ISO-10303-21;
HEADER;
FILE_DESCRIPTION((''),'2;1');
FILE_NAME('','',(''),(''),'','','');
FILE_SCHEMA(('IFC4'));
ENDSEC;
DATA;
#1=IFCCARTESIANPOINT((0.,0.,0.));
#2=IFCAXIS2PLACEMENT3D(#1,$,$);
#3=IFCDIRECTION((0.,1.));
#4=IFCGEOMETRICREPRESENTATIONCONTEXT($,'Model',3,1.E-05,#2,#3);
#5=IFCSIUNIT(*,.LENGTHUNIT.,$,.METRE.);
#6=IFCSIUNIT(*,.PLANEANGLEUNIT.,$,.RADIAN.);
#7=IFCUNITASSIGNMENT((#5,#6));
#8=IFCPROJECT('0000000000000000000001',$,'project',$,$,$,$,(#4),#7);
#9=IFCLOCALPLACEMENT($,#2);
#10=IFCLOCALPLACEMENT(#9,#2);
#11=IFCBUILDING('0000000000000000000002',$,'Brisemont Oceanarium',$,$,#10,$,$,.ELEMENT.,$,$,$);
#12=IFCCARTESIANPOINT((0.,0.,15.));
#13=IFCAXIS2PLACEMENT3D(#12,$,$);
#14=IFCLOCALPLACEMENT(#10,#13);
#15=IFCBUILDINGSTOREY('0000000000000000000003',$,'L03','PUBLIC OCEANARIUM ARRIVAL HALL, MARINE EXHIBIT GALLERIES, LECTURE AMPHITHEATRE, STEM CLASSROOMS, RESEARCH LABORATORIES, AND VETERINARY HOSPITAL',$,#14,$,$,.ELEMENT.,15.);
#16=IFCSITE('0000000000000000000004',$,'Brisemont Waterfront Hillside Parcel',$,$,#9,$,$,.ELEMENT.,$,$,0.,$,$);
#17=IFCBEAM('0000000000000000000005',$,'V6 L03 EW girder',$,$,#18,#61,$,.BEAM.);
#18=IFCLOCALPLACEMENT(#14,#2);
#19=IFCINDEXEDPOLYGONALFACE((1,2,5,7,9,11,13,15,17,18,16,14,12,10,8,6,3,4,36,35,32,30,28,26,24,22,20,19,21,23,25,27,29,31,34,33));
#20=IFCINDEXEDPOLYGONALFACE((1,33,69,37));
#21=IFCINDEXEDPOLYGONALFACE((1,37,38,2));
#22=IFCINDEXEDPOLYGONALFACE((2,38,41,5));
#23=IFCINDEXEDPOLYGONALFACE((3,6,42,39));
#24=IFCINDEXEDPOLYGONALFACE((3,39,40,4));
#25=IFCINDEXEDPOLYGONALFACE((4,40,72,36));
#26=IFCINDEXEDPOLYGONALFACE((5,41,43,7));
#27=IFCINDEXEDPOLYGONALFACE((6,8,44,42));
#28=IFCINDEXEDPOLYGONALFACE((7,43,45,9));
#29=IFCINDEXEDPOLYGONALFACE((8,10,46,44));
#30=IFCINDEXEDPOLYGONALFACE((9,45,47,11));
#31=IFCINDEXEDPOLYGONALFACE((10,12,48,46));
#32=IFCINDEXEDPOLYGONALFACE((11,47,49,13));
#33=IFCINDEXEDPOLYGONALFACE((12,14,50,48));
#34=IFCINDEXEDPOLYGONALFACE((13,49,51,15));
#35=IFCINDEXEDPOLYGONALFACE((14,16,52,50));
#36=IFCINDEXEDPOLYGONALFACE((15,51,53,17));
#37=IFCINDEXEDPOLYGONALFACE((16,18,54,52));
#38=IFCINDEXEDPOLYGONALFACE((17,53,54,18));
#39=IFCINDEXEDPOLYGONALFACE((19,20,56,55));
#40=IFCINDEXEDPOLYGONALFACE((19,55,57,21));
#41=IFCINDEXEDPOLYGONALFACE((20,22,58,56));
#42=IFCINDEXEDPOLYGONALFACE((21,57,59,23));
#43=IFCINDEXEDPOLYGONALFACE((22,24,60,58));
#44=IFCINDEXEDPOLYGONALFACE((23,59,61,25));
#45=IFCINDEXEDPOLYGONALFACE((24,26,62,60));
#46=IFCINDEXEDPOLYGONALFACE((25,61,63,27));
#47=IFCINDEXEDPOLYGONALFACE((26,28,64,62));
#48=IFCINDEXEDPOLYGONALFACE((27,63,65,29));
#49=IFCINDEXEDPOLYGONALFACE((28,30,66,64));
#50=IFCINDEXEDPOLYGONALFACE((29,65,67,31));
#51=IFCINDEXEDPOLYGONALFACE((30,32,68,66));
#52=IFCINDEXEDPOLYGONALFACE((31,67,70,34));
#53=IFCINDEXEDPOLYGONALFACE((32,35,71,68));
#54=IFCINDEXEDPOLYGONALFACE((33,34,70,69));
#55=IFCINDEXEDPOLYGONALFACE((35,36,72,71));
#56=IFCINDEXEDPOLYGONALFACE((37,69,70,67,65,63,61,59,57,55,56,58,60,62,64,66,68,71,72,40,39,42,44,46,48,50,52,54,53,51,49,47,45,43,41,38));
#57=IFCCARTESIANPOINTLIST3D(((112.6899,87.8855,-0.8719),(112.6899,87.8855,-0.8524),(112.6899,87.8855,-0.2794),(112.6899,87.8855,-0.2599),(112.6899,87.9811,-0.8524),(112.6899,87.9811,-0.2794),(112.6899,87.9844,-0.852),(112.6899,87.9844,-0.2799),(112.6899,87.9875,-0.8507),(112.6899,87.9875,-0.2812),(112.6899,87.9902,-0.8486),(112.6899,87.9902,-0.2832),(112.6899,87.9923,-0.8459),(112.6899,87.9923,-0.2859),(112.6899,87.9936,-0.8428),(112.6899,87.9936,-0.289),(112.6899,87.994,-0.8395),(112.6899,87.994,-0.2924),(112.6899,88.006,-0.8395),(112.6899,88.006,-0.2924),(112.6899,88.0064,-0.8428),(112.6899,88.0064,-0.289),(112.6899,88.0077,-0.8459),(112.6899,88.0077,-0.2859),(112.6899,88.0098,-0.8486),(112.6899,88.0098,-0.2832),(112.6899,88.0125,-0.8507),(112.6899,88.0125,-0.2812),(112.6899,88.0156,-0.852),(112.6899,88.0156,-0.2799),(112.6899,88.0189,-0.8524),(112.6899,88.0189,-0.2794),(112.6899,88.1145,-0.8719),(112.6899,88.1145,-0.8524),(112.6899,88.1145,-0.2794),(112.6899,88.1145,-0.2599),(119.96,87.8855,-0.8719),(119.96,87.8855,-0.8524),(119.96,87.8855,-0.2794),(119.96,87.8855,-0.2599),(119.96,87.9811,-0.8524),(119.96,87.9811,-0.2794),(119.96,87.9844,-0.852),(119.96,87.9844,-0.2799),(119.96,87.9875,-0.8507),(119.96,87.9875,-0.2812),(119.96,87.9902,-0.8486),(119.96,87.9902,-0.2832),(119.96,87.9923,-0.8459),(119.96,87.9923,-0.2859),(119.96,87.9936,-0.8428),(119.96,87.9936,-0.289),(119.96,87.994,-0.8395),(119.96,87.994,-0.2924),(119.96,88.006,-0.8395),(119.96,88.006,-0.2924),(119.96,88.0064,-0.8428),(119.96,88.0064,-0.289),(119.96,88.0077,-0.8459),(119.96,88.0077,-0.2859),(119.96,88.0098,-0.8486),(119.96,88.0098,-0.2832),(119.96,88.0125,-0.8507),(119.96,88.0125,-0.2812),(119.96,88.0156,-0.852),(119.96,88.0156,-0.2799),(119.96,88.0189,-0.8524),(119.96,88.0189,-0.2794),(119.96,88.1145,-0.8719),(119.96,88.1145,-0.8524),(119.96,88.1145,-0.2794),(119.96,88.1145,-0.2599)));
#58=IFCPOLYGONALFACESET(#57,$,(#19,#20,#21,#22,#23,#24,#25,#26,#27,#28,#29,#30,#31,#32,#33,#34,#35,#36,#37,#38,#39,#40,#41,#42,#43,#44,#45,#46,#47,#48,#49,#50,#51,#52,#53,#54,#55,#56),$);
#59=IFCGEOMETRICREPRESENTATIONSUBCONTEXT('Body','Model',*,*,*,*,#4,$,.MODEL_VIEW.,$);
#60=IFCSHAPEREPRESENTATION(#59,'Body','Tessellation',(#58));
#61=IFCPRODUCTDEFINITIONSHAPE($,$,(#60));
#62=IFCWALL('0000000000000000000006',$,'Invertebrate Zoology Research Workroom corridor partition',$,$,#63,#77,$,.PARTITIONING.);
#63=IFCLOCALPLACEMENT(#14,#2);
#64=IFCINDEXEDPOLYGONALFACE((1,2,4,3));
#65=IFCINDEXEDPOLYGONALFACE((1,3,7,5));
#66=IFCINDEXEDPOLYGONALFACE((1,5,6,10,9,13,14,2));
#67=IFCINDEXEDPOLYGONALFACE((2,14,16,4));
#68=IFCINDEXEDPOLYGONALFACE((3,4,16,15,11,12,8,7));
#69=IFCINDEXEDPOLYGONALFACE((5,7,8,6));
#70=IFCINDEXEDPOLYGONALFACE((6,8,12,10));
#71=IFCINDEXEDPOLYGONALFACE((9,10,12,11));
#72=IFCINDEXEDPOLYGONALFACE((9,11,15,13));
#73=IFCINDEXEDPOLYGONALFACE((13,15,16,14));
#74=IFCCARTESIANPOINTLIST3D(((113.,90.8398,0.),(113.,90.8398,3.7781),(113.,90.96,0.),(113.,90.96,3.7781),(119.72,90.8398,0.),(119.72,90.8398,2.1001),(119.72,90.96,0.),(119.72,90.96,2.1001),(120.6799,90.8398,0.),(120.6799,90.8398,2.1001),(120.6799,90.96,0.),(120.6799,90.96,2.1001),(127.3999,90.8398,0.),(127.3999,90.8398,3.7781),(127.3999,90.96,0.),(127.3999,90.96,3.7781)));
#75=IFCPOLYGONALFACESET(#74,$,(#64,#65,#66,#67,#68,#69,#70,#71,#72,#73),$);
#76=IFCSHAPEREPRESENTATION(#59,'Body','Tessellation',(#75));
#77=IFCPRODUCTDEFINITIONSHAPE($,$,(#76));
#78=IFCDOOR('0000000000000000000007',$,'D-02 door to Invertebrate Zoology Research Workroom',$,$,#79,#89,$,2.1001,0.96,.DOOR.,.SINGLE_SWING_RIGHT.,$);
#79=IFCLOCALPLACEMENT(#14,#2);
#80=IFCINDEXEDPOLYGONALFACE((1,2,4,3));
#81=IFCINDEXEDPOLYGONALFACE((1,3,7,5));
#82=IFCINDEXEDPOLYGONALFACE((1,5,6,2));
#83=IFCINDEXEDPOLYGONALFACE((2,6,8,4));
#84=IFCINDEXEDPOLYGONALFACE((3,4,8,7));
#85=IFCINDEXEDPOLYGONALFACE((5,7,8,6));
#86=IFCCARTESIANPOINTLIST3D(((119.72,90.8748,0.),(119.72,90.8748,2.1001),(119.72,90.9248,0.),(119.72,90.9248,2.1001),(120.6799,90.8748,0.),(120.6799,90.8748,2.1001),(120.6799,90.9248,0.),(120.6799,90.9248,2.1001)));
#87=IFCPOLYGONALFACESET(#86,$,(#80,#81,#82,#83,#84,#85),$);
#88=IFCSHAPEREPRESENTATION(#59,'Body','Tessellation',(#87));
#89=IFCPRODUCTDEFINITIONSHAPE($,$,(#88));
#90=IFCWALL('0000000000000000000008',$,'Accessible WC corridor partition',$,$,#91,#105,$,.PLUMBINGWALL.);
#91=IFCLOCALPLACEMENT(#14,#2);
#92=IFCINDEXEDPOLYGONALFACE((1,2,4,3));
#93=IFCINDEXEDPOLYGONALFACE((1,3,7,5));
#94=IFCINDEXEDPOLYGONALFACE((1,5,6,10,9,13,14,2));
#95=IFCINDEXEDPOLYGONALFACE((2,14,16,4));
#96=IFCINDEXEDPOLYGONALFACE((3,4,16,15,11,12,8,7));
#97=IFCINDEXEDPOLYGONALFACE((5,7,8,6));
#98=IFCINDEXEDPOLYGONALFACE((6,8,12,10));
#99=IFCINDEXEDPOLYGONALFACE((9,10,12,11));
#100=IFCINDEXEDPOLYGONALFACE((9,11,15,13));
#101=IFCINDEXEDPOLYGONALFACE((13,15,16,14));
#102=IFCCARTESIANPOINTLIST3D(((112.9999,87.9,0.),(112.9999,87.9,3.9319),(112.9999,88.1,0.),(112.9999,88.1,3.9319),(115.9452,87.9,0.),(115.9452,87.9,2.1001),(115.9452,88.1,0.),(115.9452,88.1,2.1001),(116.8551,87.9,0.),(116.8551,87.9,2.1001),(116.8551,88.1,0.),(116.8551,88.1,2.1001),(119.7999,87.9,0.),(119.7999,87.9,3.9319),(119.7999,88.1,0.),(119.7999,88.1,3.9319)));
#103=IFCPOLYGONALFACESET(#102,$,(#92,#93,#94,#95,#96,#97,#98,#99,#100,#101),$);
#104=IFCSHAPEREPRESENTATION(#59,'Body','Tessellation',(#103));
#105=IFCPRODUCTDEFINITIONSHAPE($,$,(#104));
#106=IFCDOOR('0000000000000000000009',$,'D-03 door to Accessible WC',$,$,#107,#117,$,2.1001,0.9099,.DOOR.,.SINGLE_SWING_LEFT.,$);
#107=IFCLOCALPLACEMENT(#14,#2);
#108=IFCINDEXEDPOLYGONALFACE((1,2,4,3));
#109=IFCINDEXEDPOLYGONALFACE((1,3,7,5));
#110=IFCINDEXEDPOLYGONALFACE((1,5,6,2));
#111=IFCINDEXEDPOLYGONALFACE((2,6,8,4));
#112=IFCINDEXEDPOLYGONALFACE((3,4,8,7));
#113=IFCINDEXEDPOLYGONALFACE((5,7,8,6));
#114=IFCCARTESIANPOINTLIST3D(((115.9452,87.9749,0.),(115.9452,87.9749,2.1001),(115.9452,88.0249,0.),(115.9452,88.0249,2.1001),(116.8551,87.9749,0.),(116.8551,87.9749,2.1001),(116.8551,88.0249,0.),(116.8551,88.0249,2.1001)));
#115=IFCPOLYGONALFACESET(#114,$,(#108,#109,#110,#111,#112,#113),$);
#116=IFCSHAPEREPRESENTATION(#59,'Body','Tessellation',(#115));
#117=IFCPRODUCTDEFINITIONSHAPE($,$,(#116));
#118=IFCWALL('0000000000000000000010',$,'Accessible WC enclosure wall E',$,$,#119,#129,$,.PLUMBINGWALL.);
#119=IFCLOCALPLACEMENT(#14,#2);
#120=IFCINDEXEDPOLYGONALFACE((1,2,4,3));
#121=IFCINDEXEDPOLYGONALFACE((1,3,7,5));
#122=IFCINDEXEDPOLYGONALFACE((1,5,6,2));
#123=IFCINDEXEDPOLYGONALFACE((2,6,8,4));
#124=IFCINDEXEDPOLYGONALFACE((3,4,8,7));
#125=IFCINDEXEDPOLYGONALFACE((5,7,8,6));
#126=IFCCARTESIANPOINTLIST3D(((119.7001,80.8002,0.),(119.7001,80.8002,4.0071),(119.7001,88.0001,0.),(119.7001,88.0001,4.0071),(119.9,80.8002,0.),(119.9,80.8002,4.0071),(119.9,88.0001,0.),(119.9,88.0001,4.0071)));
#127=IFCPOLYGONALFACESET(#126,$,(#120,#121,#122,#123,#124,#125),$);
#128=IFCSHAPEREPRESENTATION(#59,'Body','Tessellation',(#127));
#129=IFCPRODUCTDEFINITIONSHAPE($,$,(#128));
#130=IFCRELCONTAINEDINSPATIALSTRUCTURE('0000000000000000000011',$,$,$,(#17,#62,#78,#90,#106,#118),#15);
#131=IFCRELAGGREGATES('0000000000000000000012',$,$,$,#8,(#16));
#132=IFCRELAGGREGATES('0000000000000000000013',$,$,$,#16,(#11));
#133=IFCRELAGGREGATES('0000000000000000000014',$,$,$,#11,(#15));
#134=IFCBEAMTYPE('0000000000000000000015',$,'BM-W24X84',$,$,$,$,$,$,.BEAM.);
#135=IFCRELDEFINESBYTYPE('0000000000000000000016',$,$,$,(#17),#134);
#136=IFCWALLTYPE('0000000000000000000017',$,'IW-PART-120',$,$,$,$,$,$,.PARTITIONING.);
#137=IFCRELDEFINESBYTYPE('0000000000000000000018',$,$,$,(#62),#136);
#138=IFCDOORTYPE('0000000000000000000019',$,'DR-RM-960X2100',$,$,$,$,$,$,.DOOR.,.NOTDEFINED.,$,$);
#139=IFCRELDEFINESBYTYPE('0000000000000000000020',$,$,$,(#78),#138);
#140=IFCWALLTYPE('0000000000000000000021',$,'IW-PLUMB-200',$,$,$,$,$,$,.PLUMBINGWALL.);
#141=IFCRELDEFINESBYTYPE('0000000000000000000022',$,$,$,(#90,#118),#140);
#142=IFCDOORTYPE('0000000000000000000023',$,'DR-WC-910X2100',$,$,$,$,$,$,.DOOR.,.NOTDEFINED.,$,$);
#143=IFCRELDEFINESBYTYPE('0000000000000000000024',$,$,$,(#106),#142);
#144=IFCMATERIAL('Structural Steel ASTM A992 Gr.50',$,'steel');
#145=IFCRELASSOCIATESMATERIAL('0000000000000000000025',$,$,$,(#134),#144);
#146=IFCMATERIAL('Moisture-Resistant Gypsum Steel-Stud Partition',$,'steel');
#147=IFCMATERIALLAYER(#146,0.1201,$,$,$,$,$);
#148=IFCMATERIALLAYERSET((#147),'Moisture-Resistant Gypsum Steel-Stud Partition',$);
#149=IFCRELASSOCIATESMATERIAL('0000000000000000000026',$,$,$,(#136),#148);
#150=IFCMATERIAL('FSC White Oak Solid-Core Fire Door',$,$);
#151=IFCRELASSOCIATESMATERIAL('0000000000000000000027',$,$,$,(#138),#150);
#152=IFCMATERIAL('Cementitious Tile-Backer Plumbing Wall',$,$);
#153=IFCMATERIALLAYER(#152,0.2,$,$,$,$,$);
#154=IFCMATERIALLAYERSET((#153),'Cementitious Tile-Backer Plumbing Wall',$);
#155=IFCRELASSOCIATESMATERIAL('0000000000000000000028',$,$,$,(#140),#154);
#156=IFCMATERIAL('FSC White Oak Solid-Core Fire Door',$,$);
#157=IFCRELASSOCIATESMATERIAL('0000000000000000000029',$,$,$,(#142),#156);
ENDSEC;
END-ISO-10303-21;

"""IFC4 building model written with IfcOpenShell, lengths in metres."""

from ifc_helpers import new_model, si_unit, direction, frame, frame_2d, origin, origin_2d, place, context, subcontext, project, spatial, rectangle, i_section, extrude, material, layer, layer_set, material_profile, profile_set, type_object, element, fill, save


model = new_model("IFC4")

# Units and contexts
model_context = context("Model", 3, precision=1e-05, world=origin(), true_north=direction((0.0, 1.0)))
body_context = subcontext(model_context, "Body", "Model", "MODEL_VIEW")
ifc_project = project(units=[si_unit("LENGTHUNIT", "METRE"), si_unit("PLANEANGLEUNIT", "RADIAN")], contexts=[model_context])

# Site, building, storey
site_placement = place(None, origin())
site = spatial("IfcSite", under=ifc_project, at=site_placement, Name="Brisemont Waterfront Hillside Parcel", CompositionType="ELEMENT", RefElevation=0.0)
building_placement = place(site_placement, origin())
building = spatial("IfcBuilding", under=site, at=building_placement, Name="Brisemont Oceanarium", CompositionType="ELEMENT")
storey_placement = place(building_placement, frame((0.0, 0.0, 15.0)))
storey = spatial("IfcBuildingStorey", under=building, at=storey_placement, Name="L03", Description="PUBLIC OCEANARIUM ARRIVAL HALL, MARINE EXHIBIT GALLERIES, LECTURE AMPHITHEATRE, STEM CLASSROOMS, RESEARCH LABORATORIES, AND VETERINARY HOSPITAL", CompositionType="ELEMENT", Elevation=15.0)

# Beam
ifc_material_1 = material(Name="Structural Steel ASTM A992 Gr.50", Category="steel")
ifc_material_profile_1 = material_profile(ifc_material_1, i_section(OverallWidth=0.229, OverallDepth=0.6121, WebThickness=0.012, FlangeThickness=0.0195, FilletRadius=0.0129, at=origin_2d()), Name="W24X84")
ifc_profile_set_1 = profile_set([ifc_material_profile_1], Name="Structural Steel ASTM A992 Gr.50")
beam_type_1 = type_object("IfcBeamType", Name="BM-W24X84", PredefinedType="BEAM", material=ifc_profile_set_1)
beam_1_placement = place(storey_placement, frame((112.6899, 88.0, -0.5659), z_axis=(1.0, 0.0, 0.0), x_axis=(0.0, 1.0, 0.0)))
element("IfcBeam", 1, at=beam_1_placement, inside=storey, type_object=beam_type_1, Name="V6 L03 EW girder", PredefinedType="BEAM", context=body_context, shape_type="SweptSolid", body=[
    extrude(i_section(OverallWidth=0.229, OverallDepth=0.6121, WebThickness=0.012, FlangeThickness=0.0195, FilletRadius=0.0129, at=origin_2d()), origin(), (0.0, 0.0, 1.0), 7.27),
])

# Walls, openings, doors
ifc_material_2 = material(Name="Moisture-Resistant Gypsum Steel-Stud Partition", Category="steel")
ifc_layer_1 = layer(ifc_material_2, 0.1201)
ifc_layer_set_1 = layer_set([ifc_layer_1], Name="Moisture-Resistant Gypsum Steel-Stud Partition")
wall_type_1 = type_object("IfcWallType", Name="IW-PART-120", PredefinedType="PARTITIONING", material=ifc_layer_set_1)
wall_1_placement = place(storey_placement, frame((113.0, 90.8999, 0.0), z_axis=(0.0, 0.0, 1.0), x_axis=(1.0, 0.0, 0.0)))
wall_1 = element("IfcWall", 2, at=wall_1_placement, inside=storey, type_object=wall_type_1, Name="Invertebrate Zoology Research Workroom corridor partition", PredefinedType="PARTITIONING", context=body_context, shape_type="SweptSolid", body=[
    extrude(rectangle(XDim=14.3999, YDim=0.1201, at=frame_2d((7.2, 0.0))), origin(), (0.0, 0.0, 1.0), 3.7781),
])
opening_1_placement = place(wall_1_placement, frame((6.72, 0.0, 0.0)))
opening_1 = element("IfcOpeningElement", 3, at=opening_1_placement, cuts=wall_1, PredefinedType="OPENING", context=body_context, shape_type="SweptSolid", body=[
    extrude(rectangle(XDim=0.96, YDim=2.1001, at=frame_2d((0.48, 1.05))), frame((0.0, 0.0701, 0.0), z_axis=(0.0, -1.0, 0.0), x_axis=(1.0, 0.0, 0.0)), (0.0, 0.0, 1.0), 0.1401),
])
ifc_material_3 = material(Name="FSC White Oak Solid-Core Fire Door")
door_type_1 = type_object("IfcDoorType", Name="DR-RM-960X2100", OperationType="NOTDEFINED", PredefinedType="DOOR", material=ifc_material_3)
door_1_placement = place(opening_1_placement, origin())
door_1 = element("IfcDoor", 4, at=door_1_placement, inside=storey, type_object=door_type_1, Name="D-02 door to Invertebrate Zoology Research Workroom", OperationType="SINGLE_SWING_RIGHT", OverallHeight=2.1001, OverallWidth=0.96, PredefinedType="DOOR", context=body_context, shape_type="SweptSolid", body=[
    extrude(rectangle(XDim=0.96, YDim=2.1001, at=frame_2d((0.48, 1.05))), frame((0.0, 0.0249, 0.0), z_axis=(0.0, -1.0, 0.0), x_axis=(1.0, 0.0, 0.0)), (0.0, 0.0, 1.0), 0.05),
])
fill(opening_1, door_1)
ifc_material_4 = material(Name="Cementitious Tile-Backer Plumbing Wall")
ifc_layer_2 = layer(ifc_material_4, 0.2)
ifc_layer_set_2 = layer_set([ifc_layer_2], Name="Cementitious Tile-Backer Plumbing Wall")
wall_type_2 = type_object("IfcWallType", Name="IW-PLUMB-200", PredefinedType="PLUMBINGWALL", material=ifc_layer_set_2)
wall_2_placement = place(storey_placement, frame((113.0, 88.0, 0.0), z_axis=(0.0, 0.0, 1.0), x_axis=(1.0, 0.0, 0.0)))
wall_2 = element("IfcWall", 5, at=wall_2_placement, inside=storey, type_object=wall_type_2, Name="Accessible WC corridor partition", PredefinedType="PLUMBINGWALL", context=body_context, shape_type="SweptSolid", body=[
    extrude(rectangle(XDim=6.8, YDim=0.2, at=frame_2d((3.3999, 0.0))), origin(), (0.0, 0.0, 1.0), 3.9319),
])
opening_2_placement = place(wall_2_placement, frame((2.9451, 0.0, 0.0)))
opening_2 = element("IfcOpeningElement", 6, at=opening_2_placement, cuts=wall_2, PredefinedType="OPENING", context=body_context, shape_type="SweptSolid", body=[
    extrude(rectangle(XDim=0.9099, YDim=2.1001, at=frame_2d((0.4551, 1.05))), frame((0.0, 0.1099, 0.0), z_axis=(0.0, -1.0, 0.0), x_axis=(1.0, 0.0, 0.0)), (0.0, 0.0, 1.0), 0.22),
])
ifc_material_5 = material(Name="FSC White Oak Solid-Core Fire Door")
door_type_2 = type_object("IfcDoorType", Name="DR-WC-910X2100", OperationType="NOTDEFINED", PredefinedType="DOOR", material=ifc_material_5)
door_2_placement = place(opening_2_placement, origin())
door_2 = element("IfcDoor", 7, at=door_2_placement, inside=storey, type_object=door_type_2, Name="D-03 door to Accessible WC", OperationType="SINGLE_SWING_LEFT", OverallHeight=2.1001, OverallWidth=0.9099, PredefinedType="DOOR", context=body_context, shape_type="SweptSolid", body=[
    extrude(rectangle(XDim=0.9099, YDim=2.1001, at=frame_2d((0.4551, 1.05))), frame((0.0, 0.0249, 0.0), z_axis=(0.0, -1.0, 0.0), x_axis=(1.0, 0.0, 0.0)), (0.0, 0.0, 1.0), 0.05),
])
fill(opening_2, door_2)

# Wall
wall_3_placement = place(storey_placement, frame((119.8, 80.8, 0.0), z_axis=(0.0, 0.0, 1.0), x_axis=(0.0, 1.0, 0.0)))
element("IfcWall", 8, at=wall_3_placement, inside=storey, type_object=wall_type_2, Name="Accessible WC enclosure wall E", PredefinedType="PLUMBINGWALL", context=body_context, shape_type="SweptSolid", body=[
    extrude(rectangle(XDim=7.2, YDim=0.2, at=frame_2d((3.6001, 0.0))), origin(), (0.0, 0.0, 1.0), 4.0071),
])

save(model, "model.ifc")
